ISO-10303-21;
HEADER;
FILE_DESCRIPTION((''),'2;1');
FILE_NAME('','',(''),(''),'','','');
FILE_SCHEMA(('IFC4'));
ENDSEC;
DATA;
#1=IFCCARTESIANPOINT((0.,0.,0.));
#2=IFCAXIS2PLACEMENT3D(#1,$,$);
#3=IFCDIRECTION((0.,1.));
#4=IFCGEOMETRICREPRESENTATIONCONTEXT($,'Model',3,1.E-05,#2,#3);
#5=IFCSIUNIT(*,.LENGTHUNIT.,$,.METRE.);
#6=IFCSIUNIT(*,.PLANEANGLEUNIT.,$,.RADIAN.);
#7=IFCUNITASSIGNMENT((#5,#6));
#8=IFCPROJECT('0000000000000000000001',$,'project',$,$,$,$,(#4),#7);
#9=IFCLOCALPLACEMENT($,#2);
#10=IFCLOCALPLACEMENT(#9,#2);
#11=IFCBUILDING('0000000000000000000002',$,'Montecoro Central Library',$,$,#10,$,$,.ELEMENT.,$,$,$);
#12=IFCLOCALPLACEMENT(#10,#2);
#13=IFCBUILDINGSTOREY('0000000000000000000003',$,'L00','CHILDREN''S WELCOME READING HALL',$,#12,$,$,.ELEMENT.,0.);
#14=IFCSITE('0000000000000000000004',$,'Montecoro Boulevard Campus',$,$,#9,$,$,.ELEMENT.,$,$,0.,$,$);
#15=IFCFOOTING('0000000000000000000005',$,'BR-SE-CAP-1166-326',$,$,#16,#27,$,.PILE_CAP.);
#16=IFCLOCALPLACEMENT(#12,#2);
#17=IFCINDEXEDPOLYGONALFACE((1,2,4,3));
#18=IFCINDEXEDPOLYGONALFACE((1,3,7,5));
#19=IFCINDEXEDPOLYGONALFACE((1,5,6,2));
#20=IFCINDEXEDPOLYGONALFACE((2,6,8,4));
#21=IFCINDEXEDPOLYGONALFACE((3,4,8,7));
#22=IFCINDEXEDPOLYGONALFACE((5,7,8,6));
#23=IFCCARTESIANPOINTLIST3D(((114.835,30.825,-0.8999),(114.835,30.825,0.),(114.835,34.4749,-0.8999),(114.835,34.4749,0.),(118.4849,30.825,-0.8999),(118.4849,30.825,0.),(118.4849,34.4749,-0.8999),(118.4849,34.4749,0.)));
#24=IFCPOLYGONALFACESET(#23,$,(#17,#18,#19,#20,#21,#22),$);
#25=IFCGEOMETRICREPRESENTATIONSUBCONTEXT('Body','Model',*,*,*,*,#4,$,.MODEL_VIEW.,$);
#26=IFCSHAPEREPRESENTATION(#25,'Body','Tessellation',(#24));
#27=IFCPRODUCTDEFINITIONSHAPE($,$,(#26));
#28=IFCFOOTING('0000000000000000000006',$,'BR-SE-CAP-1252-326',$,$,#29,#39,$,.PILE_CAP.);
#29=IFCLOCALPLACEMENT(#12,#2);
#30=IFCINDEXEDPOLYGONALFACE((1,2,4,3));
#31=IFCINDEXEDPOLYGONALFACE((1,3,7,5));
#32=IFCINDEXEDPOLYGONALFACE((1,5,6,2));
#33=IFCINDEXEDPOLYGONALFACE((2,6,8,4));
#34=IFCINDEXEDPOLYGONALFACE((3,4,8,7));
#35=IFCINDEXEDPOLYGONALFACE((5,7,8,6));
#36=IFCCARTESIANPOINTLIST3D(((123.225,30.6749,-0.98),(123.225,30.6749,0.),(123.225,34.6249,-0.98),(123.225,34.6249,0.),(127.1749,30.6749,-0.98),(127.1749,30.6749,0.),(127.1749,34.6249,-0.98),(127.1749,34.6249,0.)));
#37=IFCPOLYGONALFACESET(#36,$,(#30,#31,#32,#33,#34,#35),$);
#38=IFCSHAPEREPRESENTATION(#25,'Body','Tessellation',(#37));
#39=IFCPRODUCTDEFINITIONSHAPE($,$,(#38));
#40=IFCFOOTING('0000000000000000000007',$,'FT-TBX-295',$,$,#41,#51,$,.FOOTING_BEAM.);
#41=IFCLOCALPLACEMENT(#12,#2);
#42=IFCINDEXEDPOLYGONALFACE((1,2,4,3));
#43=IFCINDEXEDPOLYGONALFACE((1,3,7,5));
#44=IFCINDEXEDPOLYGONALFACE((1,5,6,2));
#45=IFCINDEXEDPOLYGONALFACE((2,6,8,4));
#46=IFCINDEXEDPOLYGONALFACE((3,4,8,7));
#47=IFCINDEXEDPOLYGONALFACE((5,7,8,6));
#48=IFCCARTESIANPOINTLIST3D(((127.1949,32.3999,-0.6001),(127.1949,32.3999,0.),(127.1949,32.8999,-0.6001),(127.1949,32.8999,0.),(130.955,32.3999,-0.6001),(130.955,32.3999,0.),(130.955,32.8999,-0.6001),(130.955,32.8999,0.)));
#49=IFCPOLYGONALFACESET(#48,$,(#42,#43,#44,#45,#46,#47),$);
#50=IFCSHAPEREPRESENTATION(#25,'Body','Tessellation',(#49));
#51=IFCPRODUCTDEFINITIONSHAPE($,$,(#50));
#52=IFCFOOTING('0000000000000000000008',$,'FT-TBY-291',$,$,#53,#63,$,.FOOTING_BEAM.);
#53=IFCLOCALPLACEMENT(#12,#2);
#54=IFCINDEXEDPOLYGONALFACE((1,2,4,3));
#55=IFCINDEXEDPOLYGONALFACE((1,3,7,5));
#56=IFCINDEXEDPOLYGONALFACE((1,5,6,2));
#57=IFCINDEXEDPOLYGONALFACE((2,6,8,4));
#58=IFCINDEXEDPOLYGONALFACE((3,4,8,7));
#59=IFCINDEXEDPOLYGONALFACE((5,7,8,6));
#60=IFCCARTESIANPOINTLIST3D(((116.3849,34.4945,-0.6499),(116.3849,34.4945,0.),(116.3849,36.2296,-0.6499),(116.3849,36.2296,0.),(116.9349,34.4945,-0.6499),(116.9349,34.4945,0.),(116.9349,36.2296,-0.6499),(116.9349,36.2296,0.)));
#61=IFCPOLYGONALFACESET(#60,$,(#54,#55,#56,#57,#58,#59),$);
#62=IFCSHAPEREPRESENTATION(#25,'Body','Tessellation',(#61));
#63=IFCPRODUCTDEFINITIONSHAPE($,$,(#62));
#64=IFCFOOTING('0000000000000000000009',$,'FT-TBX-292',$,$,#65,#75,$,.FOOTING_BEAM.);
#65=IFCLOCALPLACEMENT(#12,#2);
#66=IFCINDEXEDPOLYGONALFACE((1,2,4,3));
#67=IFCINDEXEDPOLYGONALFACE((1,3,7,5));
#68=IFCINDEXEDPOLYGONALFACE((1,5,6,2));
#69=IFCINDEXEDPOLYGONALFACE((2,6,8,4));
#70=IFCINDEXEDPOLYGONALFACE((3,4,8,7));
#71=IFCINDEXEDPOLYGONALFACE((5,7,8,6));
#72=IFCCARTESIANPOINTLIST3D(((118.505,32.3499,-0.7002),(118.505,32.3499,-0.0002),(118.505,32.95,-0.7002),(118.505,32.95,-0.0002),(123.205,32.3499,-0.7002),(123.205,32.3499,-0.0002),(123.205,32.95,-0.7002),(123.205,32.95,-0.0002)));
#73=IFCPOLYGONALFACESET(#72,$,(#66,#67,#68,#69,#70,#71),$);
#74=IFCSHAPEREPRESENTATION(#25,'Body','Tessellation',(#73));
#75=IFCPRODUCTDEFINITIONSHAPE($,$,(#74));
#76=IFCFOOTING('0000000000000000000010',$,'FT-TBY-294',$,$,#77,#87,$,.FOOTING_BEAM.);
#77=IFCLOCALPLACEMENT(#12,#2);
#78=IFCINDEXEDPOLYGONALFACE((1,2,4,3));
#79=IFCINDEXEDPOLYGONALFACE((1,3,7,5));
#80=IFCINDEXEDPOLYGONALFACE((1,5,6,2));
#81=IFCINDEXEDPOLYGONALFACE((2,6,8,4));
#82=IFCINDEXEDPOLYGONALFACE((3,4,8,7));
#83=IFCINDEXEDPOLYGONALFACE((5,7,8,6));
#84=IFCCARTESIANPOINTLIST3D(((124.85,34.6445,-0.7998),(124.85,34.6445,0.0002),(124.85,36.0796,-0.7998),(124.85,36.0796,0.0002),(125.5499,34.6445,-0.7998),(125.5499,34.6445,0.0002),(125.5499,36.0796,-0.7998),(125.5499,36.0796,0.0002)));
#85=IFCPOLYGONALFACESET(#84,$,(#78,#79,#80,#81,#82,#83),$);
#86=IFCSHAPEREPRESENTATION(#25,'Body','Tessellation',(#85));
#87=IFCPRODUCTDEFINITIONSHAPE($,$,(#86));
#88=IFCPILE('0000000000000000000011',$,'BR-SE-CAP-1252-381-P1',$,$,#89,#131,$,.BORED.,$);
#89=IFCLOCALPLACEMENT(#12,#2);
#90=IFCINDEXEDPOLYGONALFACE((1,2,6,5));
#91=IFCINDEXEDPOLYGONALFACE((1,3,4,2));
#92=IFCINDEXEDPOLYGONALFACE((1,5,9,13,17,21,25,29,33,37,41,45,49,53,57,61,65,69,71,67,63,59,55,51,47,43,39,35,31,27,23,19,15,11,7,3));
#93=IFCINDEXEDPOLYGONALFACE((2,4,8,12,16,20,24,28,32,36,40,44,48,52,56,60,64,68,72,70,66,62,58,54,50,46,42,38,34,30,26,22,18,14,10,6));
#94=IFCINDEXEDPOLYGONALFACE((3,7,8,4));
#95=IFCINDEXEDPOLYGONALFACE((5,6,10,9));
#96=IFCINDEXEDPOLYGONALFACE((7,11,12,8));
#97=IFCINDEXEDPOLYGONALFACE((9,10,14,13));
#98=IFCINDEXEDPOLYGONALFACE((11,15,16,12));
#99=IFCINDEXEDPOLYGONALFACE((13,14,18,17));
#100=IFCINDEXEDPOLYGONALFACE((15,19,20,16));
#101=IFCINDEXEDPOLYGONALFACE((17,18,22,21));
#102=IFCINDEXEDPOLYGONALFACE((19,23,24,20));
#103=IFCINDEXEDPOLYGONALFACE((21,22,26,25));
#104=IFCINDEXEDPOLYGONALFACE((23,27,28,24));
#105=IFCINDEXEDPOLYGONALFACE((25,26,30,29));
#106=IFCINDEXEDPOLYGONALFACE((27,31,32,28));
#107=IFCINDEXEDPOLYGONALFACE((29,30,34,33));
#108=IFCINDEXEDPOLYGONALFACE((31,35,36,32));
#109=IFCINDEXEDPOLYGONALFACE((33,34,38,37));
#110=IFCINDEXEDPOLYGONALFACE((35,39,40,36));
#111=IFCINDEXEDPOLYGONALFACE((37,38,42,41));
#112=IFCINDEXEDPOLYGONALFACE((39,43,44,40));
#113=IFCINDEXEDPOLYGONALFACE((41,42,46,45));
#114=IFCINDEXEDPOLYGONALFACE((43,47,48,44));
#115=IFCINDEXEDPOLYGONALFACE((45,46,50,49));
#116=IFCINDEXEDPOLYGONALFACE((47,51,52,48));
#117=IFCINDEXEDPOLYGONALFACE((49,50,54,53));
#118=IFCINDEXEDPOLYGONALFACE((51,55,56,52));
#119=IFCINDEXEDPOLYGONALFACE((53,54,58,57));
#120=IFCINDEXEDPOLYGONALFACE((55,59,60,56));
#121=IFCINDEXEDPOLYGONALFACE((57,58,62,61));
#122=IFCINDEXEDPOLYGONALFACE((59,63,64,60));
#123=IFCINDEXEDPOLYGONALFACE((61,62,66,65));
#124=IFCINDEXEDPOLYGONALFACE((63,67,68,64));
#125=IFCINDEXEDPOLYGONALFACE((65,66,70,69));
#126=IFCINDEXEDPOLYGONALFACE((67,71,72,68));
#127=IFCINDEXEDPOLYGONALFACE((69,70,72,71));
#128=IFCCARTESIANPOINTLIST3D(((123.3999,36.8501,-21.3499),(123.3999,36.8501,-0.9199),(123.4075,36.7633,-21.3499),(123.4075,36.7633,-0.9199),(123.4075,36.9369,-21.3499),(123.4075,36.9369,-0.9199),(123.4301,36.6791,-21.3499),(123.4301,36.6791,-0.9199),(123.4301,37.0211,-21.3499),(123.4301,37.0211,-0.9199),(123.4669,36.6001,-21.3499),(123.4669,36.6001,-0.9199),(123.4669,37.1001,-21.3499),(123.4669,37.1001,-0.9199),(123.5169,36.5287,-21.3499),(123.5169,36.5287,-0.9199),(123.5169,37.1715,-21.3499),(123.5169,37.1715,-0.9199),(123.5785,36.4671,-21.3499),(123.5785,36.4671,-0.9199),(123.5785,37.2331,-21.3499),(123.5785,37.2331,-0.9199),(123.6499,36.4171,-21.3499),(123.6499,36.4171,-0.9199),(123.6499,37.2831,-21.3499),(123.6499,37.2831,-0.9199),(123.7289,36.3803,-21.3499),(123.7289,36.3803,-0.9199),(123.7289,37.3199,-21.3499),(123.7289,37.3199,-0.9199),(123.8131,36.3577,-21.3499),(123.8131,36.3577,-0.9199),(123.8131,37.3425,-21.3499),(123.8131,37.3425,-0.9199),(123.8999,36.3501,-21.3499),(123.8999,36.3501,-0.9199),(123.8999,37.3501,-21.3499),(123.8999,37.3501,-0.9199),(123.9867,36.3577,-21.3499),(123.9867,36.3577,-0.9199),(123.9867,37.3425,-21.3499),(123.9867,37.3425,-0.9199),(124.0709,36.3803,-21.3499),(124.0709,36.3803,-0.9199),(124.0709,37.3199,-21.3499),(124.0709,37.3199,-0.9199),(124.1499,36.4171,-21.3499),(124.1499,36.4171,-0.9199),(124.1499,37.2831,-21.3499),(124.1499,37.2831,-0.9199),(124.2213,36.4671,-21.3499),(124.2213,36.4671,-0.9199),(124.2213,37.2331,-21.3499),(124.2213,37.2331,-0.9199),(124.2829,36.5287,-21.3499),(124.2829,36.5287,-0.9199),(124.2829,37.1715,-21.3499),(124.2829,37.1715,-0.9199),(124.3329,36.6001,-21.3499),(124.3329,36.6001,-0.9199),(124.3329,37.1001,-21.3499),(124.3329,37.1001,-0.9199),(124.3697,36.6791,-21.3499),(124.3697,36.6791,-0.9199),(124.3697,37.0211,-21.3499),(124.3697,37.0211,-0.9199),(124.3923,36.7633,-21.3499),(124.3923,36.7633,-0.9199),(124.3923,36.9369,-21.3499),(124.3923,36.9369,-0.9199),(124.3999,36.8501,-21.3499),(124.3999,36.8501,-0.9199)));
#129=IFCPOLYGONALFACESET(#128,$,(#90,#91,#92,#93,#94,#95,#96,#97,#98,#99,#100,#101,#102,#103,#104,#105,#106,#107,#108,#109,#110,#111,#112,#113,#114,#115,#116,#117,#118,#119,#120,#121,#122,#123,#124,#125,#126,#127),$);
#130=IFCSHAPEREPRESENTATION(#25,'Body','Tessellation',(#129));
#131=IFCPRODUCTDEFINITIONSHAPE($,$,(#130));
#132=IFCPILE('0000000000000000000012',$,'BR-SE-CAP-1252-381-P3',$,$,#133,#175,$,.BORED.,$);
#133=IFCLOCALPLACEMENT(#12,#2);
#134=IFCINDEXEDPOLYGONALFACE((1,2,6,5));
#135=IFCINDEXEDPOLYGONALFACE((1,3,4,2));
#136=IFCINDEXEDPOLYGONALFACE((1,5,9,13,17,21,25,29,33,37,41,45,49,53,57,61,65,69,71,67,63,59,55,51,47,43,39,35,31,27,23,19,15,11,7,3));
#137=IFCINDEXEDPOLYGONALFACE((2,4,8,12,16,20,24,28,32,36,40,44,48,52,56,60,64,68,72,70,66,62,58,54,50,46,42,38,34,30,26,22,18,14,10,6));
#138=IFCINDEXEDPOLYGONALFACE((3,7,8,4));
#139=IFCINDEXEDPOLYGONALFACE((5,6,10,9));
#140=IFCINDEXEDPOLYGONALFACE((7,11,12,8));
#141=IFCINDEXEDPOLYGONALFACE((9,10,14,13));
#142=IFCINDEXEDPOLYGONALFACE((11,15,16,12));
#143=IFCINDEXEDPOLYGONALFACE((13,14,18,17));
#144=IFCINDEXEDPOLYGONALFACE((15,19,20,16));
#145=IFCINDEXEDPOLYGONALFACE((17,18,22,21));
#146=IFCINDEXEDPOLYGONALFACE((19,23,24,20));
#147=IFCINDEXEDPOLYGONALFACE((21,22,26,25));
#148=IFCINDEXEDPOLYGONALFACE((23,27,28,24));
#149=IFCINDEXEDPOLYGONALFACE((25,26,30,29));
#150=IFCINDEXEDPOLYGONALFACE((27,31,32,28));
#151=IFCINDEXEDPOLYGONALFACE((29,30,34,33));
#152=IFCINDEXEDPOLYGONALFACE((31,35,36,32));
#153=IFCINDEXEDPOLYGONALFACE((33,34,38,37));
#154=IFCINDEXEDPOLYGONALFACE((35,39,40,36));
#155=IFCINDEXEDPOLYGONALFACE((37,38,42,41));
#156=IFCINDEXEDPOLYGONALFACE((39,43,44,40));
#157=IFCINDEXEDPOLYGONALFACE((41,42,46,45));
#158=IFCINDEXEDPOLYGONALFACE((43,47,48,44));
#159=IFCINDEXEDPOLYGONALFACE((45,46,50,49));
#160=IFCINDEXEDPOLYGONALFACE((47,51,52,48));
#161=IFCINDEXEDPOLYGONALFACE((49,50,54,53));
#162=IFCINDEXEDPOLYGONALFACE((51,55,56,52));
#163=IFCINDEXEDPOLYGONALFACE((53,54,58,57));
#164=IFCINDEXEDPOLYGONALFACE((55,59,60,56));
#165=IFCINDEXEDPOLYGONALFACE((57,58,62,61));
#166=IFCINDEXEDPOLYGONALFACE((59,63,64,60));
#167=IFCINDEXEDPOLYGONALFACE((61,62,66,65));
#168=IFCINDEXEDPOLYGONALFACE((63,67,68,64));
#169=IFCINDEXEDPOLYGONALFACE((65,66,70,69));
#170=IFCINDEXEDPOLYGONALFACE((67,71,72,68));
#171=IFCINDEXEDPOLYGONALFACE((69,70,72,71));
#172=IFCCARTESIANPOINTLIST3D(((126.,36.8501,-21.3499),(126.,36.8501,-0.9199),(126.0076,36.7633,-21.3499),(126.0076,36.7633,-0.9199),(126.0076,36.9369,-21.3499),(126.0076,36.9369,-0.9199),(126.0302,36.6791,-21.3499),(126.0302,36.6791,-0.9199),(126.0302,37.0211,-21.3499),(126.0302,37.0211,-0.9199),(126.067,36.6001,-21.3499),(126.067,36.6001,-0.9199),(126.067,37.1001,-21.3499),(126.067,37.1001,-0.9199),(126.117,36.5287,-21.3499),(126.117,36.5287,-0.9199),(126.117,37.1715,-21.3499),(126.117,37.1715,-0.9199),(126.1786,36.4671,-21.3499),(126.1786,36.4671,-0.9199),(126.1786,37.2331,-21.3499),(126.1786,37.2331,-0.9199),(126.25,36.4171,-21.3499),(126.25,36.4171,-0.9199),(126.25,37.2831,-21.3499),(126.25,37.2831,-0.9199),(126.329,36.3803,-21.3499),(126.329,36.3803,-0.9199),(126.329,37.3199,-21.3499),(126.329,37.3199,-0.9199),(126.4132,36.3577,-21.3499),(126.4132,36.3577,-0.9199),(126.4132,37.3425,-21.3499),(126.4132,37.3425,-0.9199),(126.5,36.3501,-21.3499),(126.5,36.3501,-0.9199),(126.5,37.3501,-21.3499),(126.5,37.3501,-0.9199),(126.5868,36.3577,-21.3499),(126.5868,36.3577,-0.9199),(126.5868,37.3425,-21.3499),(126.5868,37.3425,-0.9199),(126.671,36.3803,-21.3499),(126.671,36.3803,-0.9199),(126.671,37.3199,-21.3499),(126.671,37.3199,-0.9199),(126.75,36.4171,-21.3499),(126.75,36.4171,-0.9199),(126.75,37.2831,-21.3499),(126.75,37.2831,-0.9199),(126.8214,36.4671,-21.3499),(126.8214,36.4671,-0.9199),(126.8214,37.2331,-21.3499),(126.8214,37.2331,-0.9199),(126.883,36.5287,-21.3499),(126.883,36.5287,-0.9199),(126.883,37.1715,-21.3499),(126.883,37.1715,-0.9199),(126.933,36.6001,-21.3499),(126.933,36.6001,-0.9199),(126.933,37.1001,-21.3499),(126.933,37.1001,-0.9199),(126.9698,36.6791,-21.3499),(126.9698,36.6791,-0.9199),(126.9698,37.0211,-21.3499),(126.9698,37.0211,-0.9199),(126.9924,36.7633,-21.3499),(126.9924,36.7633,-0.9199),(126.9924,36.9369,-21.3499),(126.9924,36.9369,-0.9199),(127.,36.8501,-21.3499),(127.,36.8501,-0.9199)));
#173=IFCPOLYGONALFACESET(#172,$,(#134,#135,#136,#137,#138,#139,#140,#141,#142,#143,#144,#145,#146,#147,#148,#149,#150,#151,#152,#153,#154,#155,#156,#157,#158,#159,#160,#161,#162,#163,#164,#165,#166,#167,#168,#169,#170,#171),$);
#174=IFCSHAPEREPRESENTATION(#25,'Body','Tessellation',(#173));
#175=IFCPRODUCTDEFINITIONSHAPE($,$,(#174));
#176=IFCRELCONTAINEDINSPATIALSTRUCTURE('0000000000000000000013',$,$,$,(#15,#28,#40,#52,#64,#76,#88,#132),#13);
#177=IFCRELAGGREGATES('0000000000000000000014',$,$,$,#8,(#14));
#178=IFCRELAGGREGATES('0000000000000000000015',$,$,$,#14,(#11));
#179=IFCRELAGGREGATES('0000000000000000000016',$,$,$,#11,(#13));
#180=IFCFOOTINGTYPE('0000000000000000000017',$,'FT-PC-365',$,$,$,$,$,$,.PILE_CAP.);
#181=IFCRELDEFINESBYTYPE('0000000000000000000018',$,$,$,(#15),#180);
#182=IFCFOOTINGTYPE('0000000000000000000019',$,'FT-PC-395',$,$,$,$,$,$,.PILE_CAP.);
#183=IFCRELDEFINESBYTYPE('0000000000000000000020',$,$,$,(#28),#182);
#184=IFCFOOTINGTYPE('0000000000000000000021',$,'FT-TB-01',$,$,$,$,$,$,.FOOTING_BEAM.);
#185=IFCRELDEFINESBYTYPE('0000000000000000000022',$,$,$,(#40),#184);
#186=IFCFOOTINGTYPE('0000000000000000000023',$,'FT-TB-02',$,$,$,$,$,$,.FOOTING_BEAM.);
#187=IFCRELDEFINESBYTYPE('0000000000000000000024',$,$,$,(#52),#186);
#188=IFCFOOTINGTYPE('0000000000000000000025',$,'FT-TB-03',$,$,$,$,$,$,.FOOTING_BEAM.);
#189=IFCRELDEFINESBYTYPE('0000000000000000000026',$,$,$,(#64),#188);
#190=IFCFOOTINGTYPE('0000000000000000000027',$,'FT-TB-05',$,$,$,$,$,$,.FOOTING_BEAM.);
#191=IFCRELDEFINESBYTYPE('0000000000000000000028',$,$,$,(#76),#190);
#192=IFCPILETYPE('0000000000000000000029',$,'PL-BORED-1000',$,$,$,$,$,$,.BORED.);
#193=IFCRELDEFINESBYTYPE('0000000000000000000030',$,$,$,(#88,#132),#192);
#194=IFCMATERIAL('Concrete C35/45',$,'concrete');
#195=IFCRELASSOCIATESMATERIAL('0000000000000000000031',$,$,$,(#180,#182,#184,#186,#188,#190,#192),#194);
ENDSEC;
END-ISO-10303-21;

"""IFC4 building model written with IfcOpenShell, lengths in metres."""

from ifc_helpers import new_model, si_unit, direction, frame, origin, origin_2d, place, context, subcontext, project, spatial, rectangle, circle, extrude, material, material_profile, profile_set, type_object, element, save


model = new_model("IFC4")

# Units and contexts
model_context = context("Model", 3, precision=1e-05, world=origin(), true_north=direction((0.0, 1.0)))
body_context = subcontext(model_context, "Body", "Model", "MODEL_VIEW")
ifc_project = project(units=[si_unit("LENGTHUNIT", "METRE"), si_unit("PLANEANGLEUNIT", "RADIAN")], contexts=[model_context])

# Site, building, storey
site_placement = place(None, origin())
site = spatial("IfcSite", under=ifc_project, at=site_placement, Name="Montecoro Boulevard Campus", CompositionType="ELEMENT", RefElevation=0.0)
building_placement = place(site_placement, origin())
building = spatial("IfcBuilding", under=site, at=building_placement, Name="Montecoro Central Library", CompositionType="ELEMENT")
storey_placement = place(building_placement, origin())
storey = spatial("IfcBuildingStorey", under=building, at=storey_placement, Name="L00", Description="CHILDREN'S WELCOME READING HALL", CompositionType="ELEMENT", Elevation=0.0)

# Footings
ifc_material_1 = material(Name="Concrete C35/45", Category="concrete")
footing_type_1 = type_object("IfcFootingType", Name="FT-PC-365", PredefinedType="PILE_CAP", material=ifc_material_1)
footing_1_placement = place(storey_placement, frame((116.6599, 32.6499, -0.8999), z_axis=(0.0, 0.0, 1.0), x_axis=(1.0, 0.0, 0.0)))
element("IfcFooting", 1, at=footing_1_placement, inside=storey, type_object=footing_type_1, Name="BR-SE-CAP-1166-326", PredefinedType="PILE_CAP", context=body_context, shape_type="SweptSolid", body=[
    extrude(rectangle(XDim=3.6499, YDim=3.6499, at=origin_2d()), origin(), (0.0, 0.0, 1.0), 0.8999),
])
footing_type_2 = type_object("IfcFootingType", Name="FT-PC-395", PredefinedType="PILE_CAP", material=ifc_material_1)
footing_2_placement = place(storey_placement, frame((125.2, 32.6499, -0.98), z_axis=(0.0, 0.0, 1.0), x_axis=(1.0, 0.0, 0.0)))
element("IfcFooting", 2, at=footing_2_placement, inside=storey, type_object=footing_type_2, Name="BR-SE-CAP-1252-326", PredefinedType="PILE_CAP", context=body_context, shape_type="SweptSolid", body=[
    extrude(rectangle(XDim=3.95, YDim=3.95, at=origin_2d()), origin(), (0.0, 0.0, 1.0), 0.98),
])
footing_type_3 = type_object("IfcFootingType", Name="FT-TB-01", PredefinedType="FOOTING_BEAM", material=ifc_material_1)
footing_3_placement = place(storey_placement, frame((129.075, 32.6499, -0.6001), z_axis=(0.0, 0.0, 1.0), x_axis=(1.0, 0.0, 0.0)))
element("IfcFooting", 3, at=footing_3_placement, inside=storey, type_object=footing_type_3, Name="FT-TBX-295", PredefinedType="FOOTING_BEAM", context=body_context, shape_type="SweptSolid", body=[
    extrude(rectangle(XDim=3.76, YDim=0.5, at=origin_2d()), origin(), (0.0, 0.0, 1.0), 0.6001),
])
footing_type_4 = type_object("IfcFootingType", Name="FT-TB-02", PredefinedType="FOOTING_BEAM", material=ifc_material_1)
footing_4_placement = place(storey_placement, frame((116.6599, 35.3621, -0.6499), z_axis=(0.0, 0.0, 1.0), x_axis=(1.0, 0.0, 0.0)))
element("IfcFooting", 4, at=footing_4_placement, inside=storey, type_object=footing_type_4, Name="FT-TBY-291", PredefinedType="FOOTING_BEAM", context=body_context, shape_type="SweptSolid", body=[
    extrude(rectangle(XDim=0.55, YDim=1.7351, at=origin_2d()), origin(), (0.0, 0.0, 1.0), 0.6499),
])
footing_type_5 = type_object("IfcFootingType", Name="FT-TB-03", PredefinedType="FOOTING_BEAM", material=ifc_material_1)
footing_5_placement = place(storey_placement, frame((120.855, 32.6499, -0.7002), z_axis=(0.0, 0.0, 1.0), x_axis=(1.0, 0.0, 0.0)))
element("IfcFooting", 5, at=footing_5_placement, inside=storey, type_object=footing_type_5, Name="FT-TBX-292", PredefinedType="FOOTING_BEAM", context=body_context, shape_type="SweptSolid", body=[
    extrude(rectangle(XDim=4.7, YDim=0.6001, at=origin_2d()), origin(), (0.0, 0.0, 1.0), 0.7),
])
footing_type_6 = type_object("IfcFootingType", Name="FT-TB-05", PredefinedType="FOOTING_BEAM", material=ifc_material_1)
footing_6_placement = place(storey_placement, frame((125.2, 35.3621, -0.7998), z_axis=(0.0, 0.0, 1.0), x_axis=(1.0, 0.0, 0.0)))
element("IfcFooting", 6, at=footing_6_placement, inside=storey, type_object=footing_type_6, Name="FT-TBY-294", PredefinedType="FOOTING_BEAM", context=body_context, shape_type="SweptSolid", body=[
    extrude(rectangle(XDim=0.7, YDim=1.4351, at=origin_2d()), origin(), (0.0, 0.0, 1.0), 0.8),
])

# Piles
ifc_material_profile_1 = material_profile(ifc_material_1, circle(Radius=0.5, at=origin_2d()), Name="PILE D1000")
ifc_profile_set_1 = profile_set([ifc_material_profile_1], Name="Concrete C35/45")
pile_type_1 = type_object("IfcPileType", Name="PL-BORED-1000", PredefinedType="BORED", material=ifc_profile_set_1)
for number, where, z_axis, x_axis, name in (
    (7, (123.8999, 36.8501, -0.9199), (0.0, 0.0, -1.0), (1.0, 0.0, 0.0), "BR-SE-CAP-1252-381-P1"),
    (8, (126.5, 36.8501, -0.9199), (0.0, 0.0, -1.0), (1.0, 0.0, 0.0), "BR-SE-CAP-1252-381-P3"),
):
    element("IfcPile", number, at=place(storey_placement, frame(where, z_axis=z_axis, x_axis=x_axis)), inside=storey, type_object=pile_type_1, Name=name, PredefinedType="BORED", context=body_context, shape_type="SweptSolid", body=[
        extrude(circle(Radius=0.5, at=origin_2d()), origin(), (0.0, 0.0, 1.0), 20.4299),
    ])

save(model, "model.ifc")
